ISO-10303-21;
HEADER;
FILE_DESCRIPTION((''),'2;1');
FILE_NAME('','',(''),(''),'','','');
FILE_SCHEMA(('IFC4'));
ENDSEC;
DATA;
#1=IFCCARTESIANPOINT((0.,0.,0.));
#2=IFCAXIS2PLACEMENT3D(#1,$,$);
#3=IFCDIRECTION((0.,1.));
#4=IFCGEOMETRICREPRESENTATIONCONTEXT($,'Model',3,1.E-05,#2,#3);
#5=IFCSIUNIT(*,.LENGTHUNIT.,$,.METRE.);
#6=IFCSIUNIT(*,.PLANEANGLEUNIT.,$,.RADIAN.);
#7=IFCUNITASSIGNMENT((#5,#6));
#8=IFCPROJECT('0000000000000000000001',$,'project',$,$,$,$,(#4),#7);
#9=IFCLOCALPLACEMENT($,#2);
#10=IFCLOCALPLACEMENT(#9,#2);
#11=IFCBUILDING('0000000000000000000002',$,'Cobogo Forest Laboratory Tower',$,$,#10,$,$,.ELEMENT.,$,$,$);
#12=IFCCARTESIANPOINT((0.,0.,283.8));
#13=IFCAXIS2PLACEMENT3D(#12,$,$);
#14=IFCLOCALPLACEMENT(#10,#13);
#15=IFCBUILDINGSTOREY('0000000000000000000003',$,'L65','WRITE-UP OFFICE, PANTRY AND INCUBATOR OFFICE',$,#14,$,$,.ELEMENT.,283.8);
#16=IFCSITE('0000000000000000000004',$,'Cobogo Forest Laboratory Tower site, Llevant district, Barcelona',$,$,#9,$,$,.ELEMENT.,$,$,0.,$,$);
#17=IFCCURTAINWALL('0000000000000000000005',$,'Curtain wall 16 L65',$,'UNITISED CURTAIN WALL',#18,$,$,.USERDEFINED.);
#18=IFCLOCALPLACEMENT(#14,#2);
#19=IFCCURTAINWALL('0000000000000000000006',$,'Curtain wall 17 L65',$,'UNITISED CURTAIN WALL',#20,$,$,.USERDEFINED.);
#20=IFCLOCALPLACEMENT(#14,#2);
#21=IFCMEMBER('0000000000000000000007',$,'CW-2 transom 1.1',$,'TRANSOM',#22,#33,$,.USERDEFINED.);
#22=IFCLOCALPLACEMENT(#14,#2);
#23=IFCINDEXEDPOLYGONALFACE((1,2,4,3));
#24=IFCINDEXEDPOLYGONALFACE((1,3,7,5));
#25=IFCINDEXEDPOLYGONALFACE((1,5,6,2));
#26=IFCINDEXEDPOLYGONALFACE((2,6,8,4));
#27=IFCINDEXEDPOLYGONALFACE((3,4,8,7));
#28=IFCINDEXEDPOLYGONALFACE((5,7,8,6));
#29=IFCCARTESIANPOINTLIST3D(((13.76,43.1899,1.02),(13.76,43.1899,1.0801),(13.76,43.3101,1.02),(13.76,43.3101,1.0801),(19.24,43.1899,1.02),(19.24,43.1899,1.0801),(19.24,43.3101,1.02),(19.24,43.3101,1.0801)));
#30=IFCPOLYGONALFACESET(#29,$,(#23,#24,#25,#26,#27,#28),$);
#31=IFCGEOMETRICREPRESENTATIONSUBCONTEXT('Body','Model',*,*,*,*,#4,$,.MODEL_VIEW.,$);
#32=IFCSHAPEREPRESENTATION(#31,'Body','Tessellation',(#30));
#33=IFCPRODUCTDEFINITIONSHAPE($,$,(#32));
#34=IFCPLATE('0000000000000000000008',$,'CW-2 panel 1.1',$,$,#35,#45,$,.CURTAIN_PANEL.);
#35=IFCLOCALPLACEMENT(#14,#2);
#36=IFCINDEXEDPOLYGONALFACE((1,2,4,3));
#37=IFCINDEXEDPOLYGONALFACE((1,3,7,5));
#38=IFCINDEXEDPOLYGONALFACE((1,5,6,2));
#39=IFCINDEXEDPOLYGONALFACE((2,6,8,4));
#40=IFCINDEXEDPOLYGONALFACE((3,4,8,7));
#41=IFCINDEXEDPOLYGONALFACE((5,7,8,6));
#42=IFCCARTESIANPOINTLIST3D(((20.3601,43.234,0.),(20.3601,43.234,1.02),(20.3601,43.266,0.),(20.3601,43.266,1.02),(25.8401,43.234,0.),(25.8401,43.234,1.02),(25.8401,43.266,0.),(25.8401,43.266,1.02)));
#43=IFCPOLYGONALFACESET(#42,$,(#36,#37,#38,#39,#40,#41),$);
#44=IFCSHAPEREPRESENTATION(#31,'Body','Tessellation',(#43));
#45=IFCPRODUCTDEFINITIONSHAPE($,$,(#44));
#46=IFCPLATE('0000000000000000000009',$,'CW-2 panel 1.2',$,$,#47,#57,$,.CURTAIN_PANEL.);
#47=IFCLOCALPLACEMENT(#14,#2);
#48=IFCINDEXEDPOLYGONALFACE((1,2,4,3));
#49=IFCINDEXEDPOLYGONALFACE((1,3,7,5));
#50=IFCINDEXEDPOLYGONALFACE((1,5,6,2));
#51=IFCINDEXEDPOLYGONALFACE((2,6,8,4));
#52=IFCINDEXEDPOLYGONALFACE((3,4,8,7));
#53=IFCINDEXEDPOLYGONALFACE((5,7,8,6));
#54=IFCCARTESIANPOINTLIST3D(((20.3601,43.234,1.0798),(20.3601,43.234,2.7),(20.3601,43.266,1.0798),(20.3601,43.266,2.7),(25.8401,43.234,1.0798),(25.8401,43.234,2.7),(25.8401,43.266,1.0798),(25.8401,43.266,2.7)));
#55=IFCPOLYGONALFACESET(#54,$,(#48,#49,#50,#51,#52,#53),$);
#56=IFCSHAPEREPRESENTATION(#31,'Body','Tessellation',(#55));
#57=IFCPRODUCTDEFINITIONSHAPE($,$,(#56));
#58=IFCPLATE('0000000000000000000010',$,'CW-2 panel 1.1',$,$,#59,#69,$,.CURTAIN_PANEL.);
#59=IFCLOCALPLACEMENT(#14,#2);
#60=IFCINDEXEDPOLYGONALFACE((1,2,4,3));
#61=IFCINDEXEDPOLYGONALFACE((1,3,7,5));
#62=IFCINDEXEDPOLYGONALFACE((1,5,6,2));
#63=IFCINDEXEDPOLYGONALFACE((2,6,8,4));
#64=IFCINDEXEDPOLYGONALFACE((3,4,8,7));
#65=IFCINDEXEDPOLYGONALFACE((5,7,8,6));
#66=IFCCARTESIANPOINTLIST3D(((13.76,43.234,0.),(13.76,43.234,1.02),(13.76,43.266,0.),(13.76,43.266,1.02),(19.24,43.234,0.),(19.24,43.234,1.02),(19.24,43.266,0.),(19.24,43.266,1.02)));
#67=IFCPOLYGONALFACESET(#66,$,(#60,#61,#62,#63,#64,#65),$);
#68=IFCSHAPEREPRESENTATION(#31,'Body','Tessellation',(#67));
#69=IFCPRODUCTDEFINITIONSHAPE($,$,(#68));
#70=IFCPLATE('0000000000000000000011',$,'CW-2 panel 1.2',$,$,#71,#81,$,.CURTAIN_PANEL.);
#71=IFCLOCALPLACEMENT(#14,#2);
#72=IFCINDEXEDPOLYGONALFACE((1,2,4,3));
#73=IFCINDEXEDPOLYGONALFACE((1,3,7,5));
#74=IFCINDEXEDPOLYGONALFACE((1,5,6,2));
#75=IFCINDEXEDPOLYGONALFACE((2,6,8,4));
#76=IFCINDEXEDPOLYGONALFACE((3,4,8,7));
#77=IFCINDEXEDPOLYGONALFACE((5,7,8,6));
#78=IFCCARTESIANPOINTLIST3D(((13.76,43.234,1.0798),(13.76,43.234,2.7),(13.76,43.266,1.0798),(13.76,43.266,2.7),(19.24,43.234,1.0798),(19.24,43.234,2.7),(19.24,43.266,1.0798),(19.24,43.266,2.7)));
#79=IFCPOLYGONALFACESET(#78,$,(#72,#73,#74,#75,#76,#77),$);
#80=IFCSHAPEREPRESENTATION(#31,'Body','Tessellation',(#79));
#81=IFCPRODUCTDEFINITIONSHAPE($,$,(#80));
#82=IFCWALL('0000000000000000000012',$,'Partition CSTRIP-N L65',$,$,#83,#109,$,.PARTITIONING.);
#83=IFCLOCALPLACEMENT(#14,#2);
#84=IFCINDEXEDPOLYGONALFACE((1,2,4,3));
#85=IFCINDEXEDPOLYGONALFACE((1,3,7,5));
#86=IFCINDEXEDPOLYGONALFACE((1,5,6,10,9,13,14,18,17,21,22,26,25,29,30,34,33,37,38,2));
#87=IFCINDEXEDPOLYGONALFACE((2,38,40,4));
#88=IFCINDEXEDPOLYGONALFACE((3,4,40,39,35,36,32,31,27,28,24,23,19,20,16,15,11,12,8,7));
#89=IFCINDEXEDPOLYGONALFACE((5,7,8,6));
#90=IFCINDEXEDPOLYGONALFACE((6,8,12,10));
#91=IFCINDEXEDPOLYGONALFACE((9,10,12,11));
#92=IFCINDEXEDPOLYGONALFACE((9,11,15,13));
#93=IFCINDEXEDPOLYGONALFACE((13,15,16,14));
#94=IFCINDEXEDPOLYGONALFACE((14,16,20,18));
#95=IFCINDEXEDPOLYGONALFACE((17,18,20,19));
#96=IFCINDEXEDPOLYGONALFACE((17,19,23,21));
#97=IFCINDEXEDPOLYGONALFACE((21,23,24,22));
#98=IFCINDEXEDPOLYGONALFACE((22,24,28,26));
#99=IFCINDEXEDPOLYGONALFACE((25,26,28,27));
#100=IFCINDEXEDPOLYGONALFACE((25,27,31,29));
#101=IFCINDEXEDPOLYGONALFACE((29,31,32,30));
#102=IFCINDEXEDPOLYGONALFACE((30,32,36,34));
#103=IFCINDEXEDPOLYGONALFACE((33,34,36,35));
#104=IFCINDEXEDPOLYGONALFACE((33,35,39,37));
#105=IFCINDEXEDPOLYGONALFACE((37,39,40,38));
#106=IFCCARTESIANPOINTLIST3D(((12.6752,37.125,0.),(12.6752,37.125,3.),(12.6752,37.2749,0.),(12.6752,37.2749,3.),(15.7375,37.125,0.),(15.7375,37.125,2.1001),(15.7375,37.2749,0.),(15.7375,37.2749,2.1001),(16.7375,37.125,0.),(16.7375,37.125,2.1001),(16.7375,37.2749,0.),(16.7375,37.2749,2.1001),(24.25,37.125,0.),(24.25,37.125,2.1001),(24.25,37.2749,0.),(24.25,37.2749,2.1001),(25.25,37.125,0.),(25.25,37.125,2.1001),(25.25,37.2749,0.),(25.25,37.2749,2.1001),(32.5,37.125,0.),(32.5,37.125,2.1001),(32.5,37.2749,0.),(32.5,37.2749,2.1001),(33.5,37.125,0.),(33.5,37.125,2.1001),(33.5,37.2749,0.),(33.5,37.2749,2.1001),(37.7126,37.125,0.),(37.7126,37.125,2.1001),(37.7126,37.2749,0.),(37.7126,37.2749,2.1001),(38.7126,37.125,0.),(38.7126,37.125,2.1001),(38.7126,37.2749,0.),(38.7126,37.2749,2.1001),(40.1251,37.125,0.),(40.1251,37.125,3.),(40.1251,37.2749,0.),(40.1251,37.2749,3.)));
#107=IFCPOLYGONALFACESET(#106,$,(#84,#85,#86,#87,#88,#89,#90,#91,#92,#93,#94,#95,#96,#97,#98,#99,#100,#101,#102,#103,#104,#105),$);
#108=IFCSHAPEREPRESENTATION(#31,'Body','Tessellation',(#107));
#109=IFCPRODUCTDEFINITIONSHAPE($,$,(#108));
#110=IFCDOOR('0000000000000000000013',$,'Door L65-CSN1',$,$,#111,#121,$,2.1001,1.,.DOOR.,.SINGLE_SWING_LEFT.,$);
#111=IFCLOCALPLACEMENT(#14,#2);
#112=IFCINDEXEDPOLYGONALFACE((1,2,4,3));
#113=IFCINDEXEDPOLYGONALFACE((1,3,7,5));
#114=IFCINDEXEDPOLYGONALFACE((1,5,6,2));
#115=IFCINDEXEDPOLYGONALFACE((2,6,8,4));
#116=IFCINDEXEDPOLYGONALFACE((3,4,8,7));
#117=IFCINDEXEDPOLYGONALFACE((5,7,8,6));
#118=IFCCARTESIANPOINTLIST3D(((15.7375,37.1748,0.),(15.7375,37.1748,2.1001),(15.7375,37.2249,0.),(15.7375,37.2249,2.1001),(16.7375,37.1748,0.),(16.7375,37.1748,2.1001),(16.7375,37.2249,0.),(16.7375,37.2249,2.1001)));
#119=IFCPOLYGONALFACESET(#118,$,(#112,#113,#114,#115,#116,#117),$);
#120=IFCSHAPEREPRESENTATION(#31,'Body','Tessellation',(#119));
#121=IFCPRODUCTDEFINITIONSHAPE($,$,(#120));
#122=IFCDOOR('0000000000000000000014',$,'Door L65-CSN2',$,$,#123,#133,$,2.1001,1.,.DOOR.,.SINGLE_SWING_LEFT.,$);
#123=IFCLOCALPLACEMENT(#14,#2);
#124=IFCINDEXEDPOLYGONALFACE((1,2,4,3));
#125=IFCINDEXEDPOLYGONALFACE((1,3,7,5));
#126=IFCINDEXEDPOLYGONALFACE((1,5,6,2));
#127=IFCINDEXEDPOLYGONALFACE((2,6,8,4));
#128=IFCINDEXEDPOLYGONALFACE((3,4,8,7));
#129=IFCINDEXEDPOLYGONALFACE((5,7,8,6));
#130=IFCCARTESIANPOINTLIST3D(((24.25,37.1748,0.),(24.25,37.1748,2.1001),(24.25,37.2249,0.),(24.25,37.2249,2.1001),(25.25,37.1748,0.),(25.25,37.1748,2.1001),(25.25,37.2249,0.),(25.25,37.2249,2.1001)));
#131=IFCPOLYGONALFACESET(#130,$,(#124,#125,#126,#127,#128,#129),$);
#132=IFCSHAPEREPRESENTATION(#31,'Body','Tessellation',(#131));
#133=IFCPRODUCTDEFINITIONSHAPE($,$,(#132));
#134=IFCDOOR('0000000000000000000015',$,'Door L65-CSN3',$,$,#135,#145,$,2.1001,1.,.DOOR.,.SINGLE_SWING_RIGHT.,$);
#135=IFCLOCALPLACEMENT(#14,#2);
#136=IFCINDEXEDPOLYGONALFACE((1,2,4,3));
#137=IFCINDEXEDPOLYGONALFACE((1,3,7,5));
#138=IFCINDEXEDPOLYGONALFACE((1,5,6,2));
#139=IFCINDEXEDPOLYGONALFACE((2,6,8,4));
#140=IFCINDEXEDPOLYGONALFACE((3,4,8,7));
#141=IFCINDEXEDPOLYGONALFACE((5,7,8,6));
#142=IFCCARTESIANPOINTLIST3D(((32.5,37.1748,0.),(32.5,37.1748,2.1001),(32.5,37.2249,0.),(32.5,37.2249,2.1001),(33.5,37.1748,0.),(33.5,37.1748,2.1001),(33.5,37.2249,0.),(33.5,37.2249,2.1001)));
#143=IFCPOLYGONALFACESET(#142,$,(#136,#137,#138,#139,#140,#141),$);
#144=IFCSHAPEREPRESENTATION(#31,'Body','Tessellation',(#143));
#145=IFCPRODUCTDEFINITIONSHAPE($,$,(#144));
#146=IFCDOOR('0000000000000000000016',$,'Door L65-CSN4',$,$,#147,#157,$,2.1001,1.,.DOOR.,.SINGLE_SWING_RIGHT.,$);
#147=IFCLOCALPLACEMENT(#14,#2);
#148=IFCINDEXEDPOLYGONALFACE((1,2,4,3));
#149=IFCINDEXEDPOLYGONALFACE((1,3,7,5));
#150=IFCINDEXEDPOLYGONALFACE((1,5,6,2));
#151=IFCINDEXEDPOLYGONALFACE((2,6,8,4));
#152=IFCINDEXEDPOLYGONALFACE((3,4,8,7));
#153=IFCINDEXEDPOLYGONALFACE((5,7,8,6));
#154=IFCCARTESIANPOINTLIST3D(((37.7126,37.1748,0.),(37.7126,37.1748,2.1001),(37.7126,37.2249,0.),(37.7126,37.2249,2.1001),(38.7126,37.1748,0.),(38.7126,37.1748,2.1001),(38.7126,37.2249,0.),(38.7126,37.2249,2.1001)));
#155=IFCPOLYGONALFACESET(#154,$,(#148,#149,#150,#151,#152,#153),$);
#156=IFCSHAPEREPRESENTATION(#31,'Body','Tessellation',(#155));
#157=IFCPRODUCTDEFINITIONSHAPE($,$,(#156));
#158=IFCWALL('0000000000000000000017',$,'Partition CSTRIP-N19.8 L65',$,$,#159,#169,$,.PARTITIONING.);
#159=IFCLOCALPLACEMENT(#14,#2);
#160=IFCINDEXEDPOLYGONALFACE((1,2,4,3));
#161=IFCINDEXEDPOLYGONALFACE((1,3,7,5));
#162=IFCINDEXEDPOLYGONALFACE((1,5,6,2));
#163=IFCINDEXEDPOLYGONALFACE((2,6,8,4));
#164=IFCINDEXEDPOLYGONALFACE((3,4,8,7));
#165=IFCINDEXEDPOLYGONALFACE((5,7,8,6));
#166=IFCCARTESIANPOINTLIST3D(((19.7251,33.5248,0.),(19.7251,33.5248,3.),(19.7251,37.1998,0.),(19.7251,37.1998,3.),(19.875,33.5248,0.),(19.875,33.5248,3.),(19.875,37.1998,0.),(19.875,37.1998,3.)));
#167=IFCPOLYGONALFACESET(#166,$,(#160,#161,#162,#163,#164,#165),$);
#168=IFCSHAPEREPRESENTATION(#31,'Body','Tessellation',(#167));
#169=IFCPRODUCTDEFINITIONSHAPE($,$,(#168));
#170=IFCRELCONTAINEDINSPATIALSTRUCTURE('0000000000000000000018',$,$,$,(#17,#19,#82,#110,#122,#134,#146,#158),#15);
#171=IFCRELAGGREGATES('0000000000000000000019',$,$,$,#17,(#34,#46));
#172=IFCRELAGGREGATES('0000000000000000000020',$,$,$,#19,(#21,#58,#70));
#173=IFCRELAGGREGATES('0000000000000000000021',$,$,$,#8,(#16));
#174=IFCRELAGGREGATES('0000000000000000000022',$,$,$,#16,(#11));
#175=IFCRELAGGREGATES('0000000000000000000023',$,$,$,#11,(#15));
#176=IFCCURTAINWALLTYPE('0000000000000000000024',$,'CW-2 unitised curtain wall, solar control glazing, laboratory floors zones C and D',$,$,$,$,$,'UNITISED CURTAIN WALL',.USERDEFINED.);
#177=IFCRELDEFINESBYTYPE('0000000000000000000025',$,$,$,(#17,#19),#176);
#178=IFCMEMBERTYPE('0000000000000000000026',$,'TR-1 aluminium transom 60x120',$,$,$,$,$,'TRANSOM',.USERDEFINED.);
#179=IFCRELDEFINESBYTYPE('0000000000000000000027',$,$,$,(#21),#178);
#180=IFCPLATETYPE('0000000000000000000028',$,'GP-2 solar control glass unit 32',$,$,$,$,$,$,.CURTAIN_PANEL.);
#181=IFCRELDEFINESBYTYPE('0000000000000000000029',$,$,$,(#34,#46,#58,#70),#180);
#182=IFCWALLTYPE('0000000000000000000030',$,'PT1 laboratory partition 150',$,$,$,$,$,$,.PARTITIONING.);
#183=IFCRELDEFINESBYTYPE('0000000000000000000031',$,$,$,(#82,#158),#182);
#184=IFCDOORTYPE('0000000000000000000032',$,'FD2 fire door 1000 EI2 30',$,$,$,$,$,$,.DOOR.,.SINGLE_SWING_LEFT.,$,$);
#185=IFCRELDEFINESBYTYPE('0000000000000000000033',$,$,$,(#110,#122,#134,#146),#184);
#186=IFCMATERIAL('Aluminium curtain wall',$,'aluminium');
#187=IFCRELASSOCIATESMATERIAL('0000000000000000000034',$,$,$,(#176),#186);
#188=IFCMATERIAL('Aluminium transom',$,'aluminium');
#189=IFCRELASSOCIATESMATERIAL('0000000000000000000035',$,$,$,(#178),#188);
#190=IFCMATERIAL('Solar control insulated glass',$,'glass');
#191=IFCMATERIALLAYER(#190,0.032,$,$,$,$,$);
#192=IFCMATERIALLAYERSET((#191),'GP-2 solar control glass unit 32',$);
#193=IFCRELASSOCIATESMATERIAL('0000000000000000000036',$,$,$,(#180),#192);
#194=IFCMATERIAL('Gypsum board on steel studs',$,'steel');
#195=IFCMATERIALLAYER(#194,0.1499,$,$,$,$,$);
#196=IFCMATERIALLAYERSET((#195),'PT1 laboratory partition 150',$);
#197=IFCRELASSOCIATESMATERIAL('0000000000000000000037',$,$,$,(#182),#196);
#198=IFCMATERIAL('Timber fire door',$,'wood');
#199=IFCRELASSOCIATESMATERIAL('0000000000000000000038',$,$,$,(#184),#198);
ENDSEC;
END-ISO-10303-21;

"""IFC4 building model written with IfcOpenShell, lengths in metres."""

from ifc_helpers import new_model, si_unit, direction, frame, frame_2d, origin, origin_2d, place, context, subcontext, project, spatial, rectangle, extrude, material, layer, layer_set, material_profile, profile_set, type_object, element, fill, aggregate, save


model = new_model("IFC4")

# Units and contexts
model_context = context("Model", 3, precision=1e-05, world=origin(), true_north=direction((0.0, 1.0)))
body_context = subcontext(model_context, "Body", "Model", "MODEL_VIEW")
ifc_project = project(units=[si_unit("LENGTHUNIT", "METRE"), si_unit("PLANEANGLEUNIT", "RADIAN")], contexts=[model_context])

# Site, building, storey
site_placement = place(None, origin())
site = spatial("IfcSite", under=ifc_project, at=site_placement, Name="Cobogo Forest Laboratory Tower site, Llevant district, Barcelona", CompositionType="ELEMENT", RefElevation=0.0)
building_placement = place(site_placement, origin())
building = spatial("IfcBuilding", under=site, at=building_placement, Name="Cobogo Forest Laboratory Tower", CompositionType="ELEMENT")
storey_placement = place(building_placement, frame((0.0, 0.0, 283.8)))
storey = spatial("IfcBuildingStorey", under=building, at=storey_placement, Name="L65", Description="WRITE-UP OFFICE, PANTRY AND INCUBATOR OFFICE", CompositionType="ELEMENT", Elevation=283.8)

# Curtain walls
ifc_material_1 = material(Name="Aluminium curtain wall", Category="aluminium")
curtain_wall_type = type_object("IfcCurtainWallType", Name="CW-2 unitised curtain wall, solar control glazing, laboratory floors zones C and D", ElementType="UNITISED CURTAIN WALL", PredefinedType="USERDEFINED", material=ifc_material_1)
curtain_wall_1_placement = place(storey_placement, origin())
curtain_wall_1 = element("IfcCurtainWall", 1, at=curtain_wall_1_placement, inside=storey, type_object=curtain_wall_type, Name="Curtain wall 16 L65", ObjectType="UNITISED CURTAIN WALL", PredefinedType="USERDEFINED")
curtain_wall_2_placement = place(storey_placement, origin())
curtain_wall_2 = element("IfcCurtainWall", 2, at=curtain_wall_2_placement, inside=storey, type_object=curtain_wall_type, Name="Curtain wall 17 L65", ObjectType="UNITISED CURTAIN WALL", PredefinedType="USERDEFINED")

# Member
ifc_material_2 = material(Name="Aluminium transom", Category="aluminium")
ifc_material_profile_1 = material_profile(ifc_material_2, rectangle(XDim=0.1201, YDim=0.0601, at=origin_2d()), Name="AL 60x120")
ifc_profile_set_1 = profile_set([ifc_material_profile_1], Name="Aluminium transom")
member_type_1 = type_object("IfcMemberType", Name="TR-1 aluminium transom 60x120", ElementType="TRANSOM", PredefinedType="USERDEFINED", material=ifc_profile_set_1)
member_1_placement = place(storey_placement, frame((19.24, 43.25, 1.05), z_axis=(-1.0, 0.0, 0.0), x_axis=(0.0, -1.0, 0.0)))
member_1 = element("IfcMember", 3, at=member_1_placement, type_object=member_type_1, Name="CW-2 transom 1.1", ObjectType="TRANSOM", PredefinedType="USERDEFINED", context=body_context, shape_type="SweptSolid", body=[
    extrude(rectangle(XDim=0.1201, YDim=0.0601, at=origin_2d()), origin(), (0.0, 0.0, 1.0), 5.48),
])

# Plates
ifc_material_3 = material(Name="Solar control insulated glass", Category="glass")
ifc_layer_1 = layer(ifc_material_3, 0.032)
ifc_layer_set_1 = layer_set([ifc_layer_1], Name="GP-2 solar control glass unit 32")
plate_type_1 = type_object("IfcPlateType", Name="GP-2 solar control glass unit 32", PredefinedType="CURTAIN_PANEL", material=ifc_layer_set_1)
plate_1_placement = place(storey_placement, frame((23.1001, 43.25, 0.0), z_axis=(0.0, 0.0, 1.0), x_axis=(-1.0, 0.0, 0.0)))
plate_1 = element("IfcPlate", 4, at=plate_1_placement, type_object=plate_type_1, Name="CW-2 panel 1.1", PredefinedType="CURTAIN_PANEL", context=body_context, shape_type="SweptSolid", body=[
    extrude(rectangle(XDim=5.48, YDim=0.032, at=origin_2d()), origin(), (0.0, 0.0, 1.0), 1.02),
])
plate_2_placement = place(storey_placement, frame((23.1001, 43.25, 1.0798), z_axis=(0.0, 0.0, 1.0), x_axis=(-1.0, 0.0, 0.0)))
plate_2 = element("IfcPlate", 5, at=plate_2_placement, type_object=plate_type_1, Name="CW-2 panel 1.2", PredefinedType="CURTAIN_PANEL", context=body_context, shape_type="SweptSolid", body=[
    extrude(rectangle(XDim=5.48, YDim=0.032, at=origin_2d()), origin(), (0.0, 0.0, 1.0), 1.6201),
])
aggregate(curtain_wall_1, [plate_1, plate_2])
plate_3_placement = place(storey_placement, frame((16.5, 43.25, 0.0), z_axis=(0.0, 0.0, 1.0), x_axis=(-1.0, 0.0, 0.0)))
plate_3 = element("IfcPlate", 6, at=plate_3_placement, type_object=plate_type_1, Name="CW-2 panel 1.1", PredefinedType="CURTAIN_PANEL", context=body_context, shape_type="SweptSolid", body=[
    extrude(rectangle(XDim=5.48, YDim=0.032, at=origin_2d()), origin(), (0.0, 0.0, 1.0), 1.02),
])
plate_4_placement = place(storey_placement, frame((16.5, 43.25, 1.0798), z_axis=(0.0, 0.0, 1.0), x_axis=(-1.0, 0.0, 0.0)))
plate_4 = element("IfcPlate", 7, at=plate_4_placement, type_object=plate_type_1, Name="CW-2 panel 1.2", PredefinedType="CURTAIN_PANEL", context=body_context, shape_type="SweptSolid", body=[
    extrude(rectangle(XDim=5.48, YDim=0.032, at=origin_2d()), origin(), (0.0, 0.0, 1.0), 1.6201),
])
aggregate(curtain_wall_2, [member_1, plate_3, plate_4])

# Wall, openings, doors
ifc_material_4 = material(Name="Gypsum board on steel studs", Category="steel")
ifc_layer_2 = layer(ifc_material_4, 0.1499)
ifc_layer_set_2 = layer_set([ifc_layer_2], Name="PT1 laboratory partition 150")
wall_type = type_object("IfcWallType", Name="PT1 laboratory partition 150", PredefinedType="PARTITIONING", material=ifc_layer_set_2)
wall_1_placement = place(storey_placement, frame((12.675, 37.2, 0.0), z_axis=(0.0, 0.0, 1.0), x_axis=(1.0, 0.0, 0.0)))
wall_1 = element("IfcWall", 8, at=wall_1_placement, inside=storey, type_object=wall_type, Name="Partition CSTRIP-N L65", PredefinedType="PARTITIONING", context=body_context, shape_type="SweptSolid", body=[
    extrude(rectangle(XDim=27.45, YDim=0.1499, at=frame_2d((13.7251, 0.0))), origin(), (0.0, 0.0, 1.0), 3.0),
])
opening_1_placement = place(wall_1_placement, frame((3.0625, 0.0, 0.0)))
opening_1 = element("IfcOpeningElement", 9, at=opening_1_placement, cuts=wall_1, PredefinedType="OPENING", context=body_context, shape_type="SweptSolid", body=[
    extrude(rectangle(XDim=1.0, YDim=2.1001, at=frame_2d((0.5, 1.05))), frame((0.0, 0.085, 0.0), z_axis=(0.0, -1.0, 0.0), x_axis=(1.0, 0.0, 0.0)), (0.0, 0.0, 1.0), 0.1699),
])
opening_2_placement = place(wall_1_placement, frame((11.575, 0.0, 0.0)))
opening_2 = element("IfcOpeningElement", 10, at=opening_2_placement, cuts=wall_1, PredefinedType="OPENING", context=body_context, shape_type="SweptSolid", body=[
    extrude(rectangle(XDim=1.0, YDim=2.1001, at=frame_2d((0.5, 1.05))), frame((0.0, 0.085, 0.0), z_axis=(0.0, -1.0, 0.0), x_axis=(1.0, 0.0, 0.0)), (0.0, 0.0, 1.0), 0.1699),
])
opening_3_placement = place(wall_1_placement, frame((19.825, 0.0, 0.0)))
opening_3 = element("IfcOpeningElement", 11, at=opening_3_placement, cuts=wall_1, PredefinedType="OPENING", context=body_context, shape_type="SweptSolid", body=[
    extrude(rectangle(XDim=1.0, YDim=2.1001, at=frame_2d((0.5, 1.05))), frame((0.0, 0.085, 0.0), z_axis=(0.0, -1.0, 0.0), x_axis=(1.0, 0.0, 0.0)), (0.0, 0.0, 1.0), 0.1699),
])
opening_4_placement = place(wall_1_placement, frame((25.0376, 0.0, 0.0)))
opening_4 = element("IfcOpeningElement", 12, at=opening_4_placement, cuts=wall_1, PredefinedType="OPENING", context=body_context, shape_type="SweptSolid", body=[
    extrude(rectangle(XDim=1.0, YDim=2.1001, at=frame_2d((0.5, 1.05))), frame((0.0, 0.085, 0.0), z_axis=(0.0, -1.0, 0.0), x_axis=(1.0, 0.0, 0.0)), (0.0, 0.0, 1.0), 0.1699),
])
ifc_material_5 = material(Name="Timber fire door", Category="wood")
door_type = type_object("IfcDoorType", Name="FD2 fire door 1000 EI2 30", OperationType="SINGLE_SWING_LEFT", PredefinedType="DOOR", material=ifc_material_5)
door_1_placement = place(opening_1_placement, origin())
door_1 = element("IfcDoor", 13, at=door_1_placement, inside=storey, type_object=door_type, Name="Door L65-CSN1", OperationType="SINGLE_SWING_LEFT", OverallHeight=2.1001, OverallWidth=1.0, PredefinedType="DOOR", context=body_context, shape_type="SweptSolid", body=[
    extrude(rectangle(XDim=1.0, YDim=2.1001, at=frame_2d((0.5, 1.05))), frame((0.0, 0.0249, 0.0), z_axis=(0.0, -1.0, 0.0), x_axis=(1.0, 0.0, 0.0)), (0.0, 0.0, 1.0), 0.05),
])
fill(opening_1, door_1)
door_2_placement = place(opening_2_placement, origin())
door_2 = element("IfcDoor", 14, at=door_2_placement, inside=storey, type_object=door_type, Name="Door L65-CSN2", OperationType="SINGLE_SWING_LEFT", OverallHeight=2.1001, OverallWidth=1.0, PredefinedType="DOOR", context=body_context, shape_type="SweptSolid", body=[
    extrude(rectangle(XDim=1.0, YDim=2.1001, at=frame_2d((0.5, 1.05))), frame((0.0, 0.0249, 0.0), z_axis=(0.0, -1.0, 0.0), x_axis=(1.0, 0.0, 0.0)), (0.0, 0.0, 1.0), 0.05),
])
fill(opening_2, door_2)
door_3_placement = place(opening_3_placement, origin())
door_3 = element("IfcDoor", 15, at=door_3_placement, inside=storey, type_object=door_type, Name="Door L65-CSN3", OperationType="SINGLE_SWING_RIGHT", OverallHeight=2.1001, OverallWidth=1.0, PredefinedType="DOOR", context=body_context, shape_type="SweptSolid", body=[
    extrude(rectangle(XDim=1.0, YDim=2.1001, at=frame_2d((0.5, 1.05))), frame((0.0, 0.0249, 0.0), z_axis=(0.0, -1.0, 0.0), x_axis=(1.0, 0.0, 0.0)), (0.0, 0.0, 1.0), 0.05),
])
fill(opening_3, door_3)
door_4_placement = place(opening_4_placement, origin())
door_4 = element("IfcDoor", 16, at=door_4_placement, inside=storey, type_object=door_type, Name="Door L65-CSN4", OperationType="SINGLE_SWING_RIGHT", OverallHeight=2.1001, OverallWidth=1.0, PredefinedType="DOOR", context=body_context, shape_type="SweptSolid", body=[
    extrude(rectangle(XDim=1.0, YDim=2.1001, at=frame_2d((0.5, 1.05))), frame((0.0, 0.0249, 0.0), z_axis=(0.0, -1.0, 0.0), x_axis=(1.0, 0.0, 0.0)), (0.0, 0.0, 1.0), 0.05),
])
fill(opening_4, door_4)

# Wall
wall_2_placement = place(storey_placement, frame((19.8, 33.5249, 0.0), z_axis=(0.0, 0.0, 1.0), x_axis=(0.0, 1.0, 0.0)))
element("IfcWall", 17, at=wall_2_placement, inside=storey, type_object=wall_type, Name="Partition CSTRIP-N19.8 L65", PredefinedType="PARTITIONING", context=body_context, shape_type="SweptSolid", body=[
    extrude(rectangle(XDim=3.675, YDim=0.1499, at=frame_2d((1.8374, 0.0))), origin(), (0.0, 0.0, 1.0), 3.0),
])

save(model, "model.ifc")
